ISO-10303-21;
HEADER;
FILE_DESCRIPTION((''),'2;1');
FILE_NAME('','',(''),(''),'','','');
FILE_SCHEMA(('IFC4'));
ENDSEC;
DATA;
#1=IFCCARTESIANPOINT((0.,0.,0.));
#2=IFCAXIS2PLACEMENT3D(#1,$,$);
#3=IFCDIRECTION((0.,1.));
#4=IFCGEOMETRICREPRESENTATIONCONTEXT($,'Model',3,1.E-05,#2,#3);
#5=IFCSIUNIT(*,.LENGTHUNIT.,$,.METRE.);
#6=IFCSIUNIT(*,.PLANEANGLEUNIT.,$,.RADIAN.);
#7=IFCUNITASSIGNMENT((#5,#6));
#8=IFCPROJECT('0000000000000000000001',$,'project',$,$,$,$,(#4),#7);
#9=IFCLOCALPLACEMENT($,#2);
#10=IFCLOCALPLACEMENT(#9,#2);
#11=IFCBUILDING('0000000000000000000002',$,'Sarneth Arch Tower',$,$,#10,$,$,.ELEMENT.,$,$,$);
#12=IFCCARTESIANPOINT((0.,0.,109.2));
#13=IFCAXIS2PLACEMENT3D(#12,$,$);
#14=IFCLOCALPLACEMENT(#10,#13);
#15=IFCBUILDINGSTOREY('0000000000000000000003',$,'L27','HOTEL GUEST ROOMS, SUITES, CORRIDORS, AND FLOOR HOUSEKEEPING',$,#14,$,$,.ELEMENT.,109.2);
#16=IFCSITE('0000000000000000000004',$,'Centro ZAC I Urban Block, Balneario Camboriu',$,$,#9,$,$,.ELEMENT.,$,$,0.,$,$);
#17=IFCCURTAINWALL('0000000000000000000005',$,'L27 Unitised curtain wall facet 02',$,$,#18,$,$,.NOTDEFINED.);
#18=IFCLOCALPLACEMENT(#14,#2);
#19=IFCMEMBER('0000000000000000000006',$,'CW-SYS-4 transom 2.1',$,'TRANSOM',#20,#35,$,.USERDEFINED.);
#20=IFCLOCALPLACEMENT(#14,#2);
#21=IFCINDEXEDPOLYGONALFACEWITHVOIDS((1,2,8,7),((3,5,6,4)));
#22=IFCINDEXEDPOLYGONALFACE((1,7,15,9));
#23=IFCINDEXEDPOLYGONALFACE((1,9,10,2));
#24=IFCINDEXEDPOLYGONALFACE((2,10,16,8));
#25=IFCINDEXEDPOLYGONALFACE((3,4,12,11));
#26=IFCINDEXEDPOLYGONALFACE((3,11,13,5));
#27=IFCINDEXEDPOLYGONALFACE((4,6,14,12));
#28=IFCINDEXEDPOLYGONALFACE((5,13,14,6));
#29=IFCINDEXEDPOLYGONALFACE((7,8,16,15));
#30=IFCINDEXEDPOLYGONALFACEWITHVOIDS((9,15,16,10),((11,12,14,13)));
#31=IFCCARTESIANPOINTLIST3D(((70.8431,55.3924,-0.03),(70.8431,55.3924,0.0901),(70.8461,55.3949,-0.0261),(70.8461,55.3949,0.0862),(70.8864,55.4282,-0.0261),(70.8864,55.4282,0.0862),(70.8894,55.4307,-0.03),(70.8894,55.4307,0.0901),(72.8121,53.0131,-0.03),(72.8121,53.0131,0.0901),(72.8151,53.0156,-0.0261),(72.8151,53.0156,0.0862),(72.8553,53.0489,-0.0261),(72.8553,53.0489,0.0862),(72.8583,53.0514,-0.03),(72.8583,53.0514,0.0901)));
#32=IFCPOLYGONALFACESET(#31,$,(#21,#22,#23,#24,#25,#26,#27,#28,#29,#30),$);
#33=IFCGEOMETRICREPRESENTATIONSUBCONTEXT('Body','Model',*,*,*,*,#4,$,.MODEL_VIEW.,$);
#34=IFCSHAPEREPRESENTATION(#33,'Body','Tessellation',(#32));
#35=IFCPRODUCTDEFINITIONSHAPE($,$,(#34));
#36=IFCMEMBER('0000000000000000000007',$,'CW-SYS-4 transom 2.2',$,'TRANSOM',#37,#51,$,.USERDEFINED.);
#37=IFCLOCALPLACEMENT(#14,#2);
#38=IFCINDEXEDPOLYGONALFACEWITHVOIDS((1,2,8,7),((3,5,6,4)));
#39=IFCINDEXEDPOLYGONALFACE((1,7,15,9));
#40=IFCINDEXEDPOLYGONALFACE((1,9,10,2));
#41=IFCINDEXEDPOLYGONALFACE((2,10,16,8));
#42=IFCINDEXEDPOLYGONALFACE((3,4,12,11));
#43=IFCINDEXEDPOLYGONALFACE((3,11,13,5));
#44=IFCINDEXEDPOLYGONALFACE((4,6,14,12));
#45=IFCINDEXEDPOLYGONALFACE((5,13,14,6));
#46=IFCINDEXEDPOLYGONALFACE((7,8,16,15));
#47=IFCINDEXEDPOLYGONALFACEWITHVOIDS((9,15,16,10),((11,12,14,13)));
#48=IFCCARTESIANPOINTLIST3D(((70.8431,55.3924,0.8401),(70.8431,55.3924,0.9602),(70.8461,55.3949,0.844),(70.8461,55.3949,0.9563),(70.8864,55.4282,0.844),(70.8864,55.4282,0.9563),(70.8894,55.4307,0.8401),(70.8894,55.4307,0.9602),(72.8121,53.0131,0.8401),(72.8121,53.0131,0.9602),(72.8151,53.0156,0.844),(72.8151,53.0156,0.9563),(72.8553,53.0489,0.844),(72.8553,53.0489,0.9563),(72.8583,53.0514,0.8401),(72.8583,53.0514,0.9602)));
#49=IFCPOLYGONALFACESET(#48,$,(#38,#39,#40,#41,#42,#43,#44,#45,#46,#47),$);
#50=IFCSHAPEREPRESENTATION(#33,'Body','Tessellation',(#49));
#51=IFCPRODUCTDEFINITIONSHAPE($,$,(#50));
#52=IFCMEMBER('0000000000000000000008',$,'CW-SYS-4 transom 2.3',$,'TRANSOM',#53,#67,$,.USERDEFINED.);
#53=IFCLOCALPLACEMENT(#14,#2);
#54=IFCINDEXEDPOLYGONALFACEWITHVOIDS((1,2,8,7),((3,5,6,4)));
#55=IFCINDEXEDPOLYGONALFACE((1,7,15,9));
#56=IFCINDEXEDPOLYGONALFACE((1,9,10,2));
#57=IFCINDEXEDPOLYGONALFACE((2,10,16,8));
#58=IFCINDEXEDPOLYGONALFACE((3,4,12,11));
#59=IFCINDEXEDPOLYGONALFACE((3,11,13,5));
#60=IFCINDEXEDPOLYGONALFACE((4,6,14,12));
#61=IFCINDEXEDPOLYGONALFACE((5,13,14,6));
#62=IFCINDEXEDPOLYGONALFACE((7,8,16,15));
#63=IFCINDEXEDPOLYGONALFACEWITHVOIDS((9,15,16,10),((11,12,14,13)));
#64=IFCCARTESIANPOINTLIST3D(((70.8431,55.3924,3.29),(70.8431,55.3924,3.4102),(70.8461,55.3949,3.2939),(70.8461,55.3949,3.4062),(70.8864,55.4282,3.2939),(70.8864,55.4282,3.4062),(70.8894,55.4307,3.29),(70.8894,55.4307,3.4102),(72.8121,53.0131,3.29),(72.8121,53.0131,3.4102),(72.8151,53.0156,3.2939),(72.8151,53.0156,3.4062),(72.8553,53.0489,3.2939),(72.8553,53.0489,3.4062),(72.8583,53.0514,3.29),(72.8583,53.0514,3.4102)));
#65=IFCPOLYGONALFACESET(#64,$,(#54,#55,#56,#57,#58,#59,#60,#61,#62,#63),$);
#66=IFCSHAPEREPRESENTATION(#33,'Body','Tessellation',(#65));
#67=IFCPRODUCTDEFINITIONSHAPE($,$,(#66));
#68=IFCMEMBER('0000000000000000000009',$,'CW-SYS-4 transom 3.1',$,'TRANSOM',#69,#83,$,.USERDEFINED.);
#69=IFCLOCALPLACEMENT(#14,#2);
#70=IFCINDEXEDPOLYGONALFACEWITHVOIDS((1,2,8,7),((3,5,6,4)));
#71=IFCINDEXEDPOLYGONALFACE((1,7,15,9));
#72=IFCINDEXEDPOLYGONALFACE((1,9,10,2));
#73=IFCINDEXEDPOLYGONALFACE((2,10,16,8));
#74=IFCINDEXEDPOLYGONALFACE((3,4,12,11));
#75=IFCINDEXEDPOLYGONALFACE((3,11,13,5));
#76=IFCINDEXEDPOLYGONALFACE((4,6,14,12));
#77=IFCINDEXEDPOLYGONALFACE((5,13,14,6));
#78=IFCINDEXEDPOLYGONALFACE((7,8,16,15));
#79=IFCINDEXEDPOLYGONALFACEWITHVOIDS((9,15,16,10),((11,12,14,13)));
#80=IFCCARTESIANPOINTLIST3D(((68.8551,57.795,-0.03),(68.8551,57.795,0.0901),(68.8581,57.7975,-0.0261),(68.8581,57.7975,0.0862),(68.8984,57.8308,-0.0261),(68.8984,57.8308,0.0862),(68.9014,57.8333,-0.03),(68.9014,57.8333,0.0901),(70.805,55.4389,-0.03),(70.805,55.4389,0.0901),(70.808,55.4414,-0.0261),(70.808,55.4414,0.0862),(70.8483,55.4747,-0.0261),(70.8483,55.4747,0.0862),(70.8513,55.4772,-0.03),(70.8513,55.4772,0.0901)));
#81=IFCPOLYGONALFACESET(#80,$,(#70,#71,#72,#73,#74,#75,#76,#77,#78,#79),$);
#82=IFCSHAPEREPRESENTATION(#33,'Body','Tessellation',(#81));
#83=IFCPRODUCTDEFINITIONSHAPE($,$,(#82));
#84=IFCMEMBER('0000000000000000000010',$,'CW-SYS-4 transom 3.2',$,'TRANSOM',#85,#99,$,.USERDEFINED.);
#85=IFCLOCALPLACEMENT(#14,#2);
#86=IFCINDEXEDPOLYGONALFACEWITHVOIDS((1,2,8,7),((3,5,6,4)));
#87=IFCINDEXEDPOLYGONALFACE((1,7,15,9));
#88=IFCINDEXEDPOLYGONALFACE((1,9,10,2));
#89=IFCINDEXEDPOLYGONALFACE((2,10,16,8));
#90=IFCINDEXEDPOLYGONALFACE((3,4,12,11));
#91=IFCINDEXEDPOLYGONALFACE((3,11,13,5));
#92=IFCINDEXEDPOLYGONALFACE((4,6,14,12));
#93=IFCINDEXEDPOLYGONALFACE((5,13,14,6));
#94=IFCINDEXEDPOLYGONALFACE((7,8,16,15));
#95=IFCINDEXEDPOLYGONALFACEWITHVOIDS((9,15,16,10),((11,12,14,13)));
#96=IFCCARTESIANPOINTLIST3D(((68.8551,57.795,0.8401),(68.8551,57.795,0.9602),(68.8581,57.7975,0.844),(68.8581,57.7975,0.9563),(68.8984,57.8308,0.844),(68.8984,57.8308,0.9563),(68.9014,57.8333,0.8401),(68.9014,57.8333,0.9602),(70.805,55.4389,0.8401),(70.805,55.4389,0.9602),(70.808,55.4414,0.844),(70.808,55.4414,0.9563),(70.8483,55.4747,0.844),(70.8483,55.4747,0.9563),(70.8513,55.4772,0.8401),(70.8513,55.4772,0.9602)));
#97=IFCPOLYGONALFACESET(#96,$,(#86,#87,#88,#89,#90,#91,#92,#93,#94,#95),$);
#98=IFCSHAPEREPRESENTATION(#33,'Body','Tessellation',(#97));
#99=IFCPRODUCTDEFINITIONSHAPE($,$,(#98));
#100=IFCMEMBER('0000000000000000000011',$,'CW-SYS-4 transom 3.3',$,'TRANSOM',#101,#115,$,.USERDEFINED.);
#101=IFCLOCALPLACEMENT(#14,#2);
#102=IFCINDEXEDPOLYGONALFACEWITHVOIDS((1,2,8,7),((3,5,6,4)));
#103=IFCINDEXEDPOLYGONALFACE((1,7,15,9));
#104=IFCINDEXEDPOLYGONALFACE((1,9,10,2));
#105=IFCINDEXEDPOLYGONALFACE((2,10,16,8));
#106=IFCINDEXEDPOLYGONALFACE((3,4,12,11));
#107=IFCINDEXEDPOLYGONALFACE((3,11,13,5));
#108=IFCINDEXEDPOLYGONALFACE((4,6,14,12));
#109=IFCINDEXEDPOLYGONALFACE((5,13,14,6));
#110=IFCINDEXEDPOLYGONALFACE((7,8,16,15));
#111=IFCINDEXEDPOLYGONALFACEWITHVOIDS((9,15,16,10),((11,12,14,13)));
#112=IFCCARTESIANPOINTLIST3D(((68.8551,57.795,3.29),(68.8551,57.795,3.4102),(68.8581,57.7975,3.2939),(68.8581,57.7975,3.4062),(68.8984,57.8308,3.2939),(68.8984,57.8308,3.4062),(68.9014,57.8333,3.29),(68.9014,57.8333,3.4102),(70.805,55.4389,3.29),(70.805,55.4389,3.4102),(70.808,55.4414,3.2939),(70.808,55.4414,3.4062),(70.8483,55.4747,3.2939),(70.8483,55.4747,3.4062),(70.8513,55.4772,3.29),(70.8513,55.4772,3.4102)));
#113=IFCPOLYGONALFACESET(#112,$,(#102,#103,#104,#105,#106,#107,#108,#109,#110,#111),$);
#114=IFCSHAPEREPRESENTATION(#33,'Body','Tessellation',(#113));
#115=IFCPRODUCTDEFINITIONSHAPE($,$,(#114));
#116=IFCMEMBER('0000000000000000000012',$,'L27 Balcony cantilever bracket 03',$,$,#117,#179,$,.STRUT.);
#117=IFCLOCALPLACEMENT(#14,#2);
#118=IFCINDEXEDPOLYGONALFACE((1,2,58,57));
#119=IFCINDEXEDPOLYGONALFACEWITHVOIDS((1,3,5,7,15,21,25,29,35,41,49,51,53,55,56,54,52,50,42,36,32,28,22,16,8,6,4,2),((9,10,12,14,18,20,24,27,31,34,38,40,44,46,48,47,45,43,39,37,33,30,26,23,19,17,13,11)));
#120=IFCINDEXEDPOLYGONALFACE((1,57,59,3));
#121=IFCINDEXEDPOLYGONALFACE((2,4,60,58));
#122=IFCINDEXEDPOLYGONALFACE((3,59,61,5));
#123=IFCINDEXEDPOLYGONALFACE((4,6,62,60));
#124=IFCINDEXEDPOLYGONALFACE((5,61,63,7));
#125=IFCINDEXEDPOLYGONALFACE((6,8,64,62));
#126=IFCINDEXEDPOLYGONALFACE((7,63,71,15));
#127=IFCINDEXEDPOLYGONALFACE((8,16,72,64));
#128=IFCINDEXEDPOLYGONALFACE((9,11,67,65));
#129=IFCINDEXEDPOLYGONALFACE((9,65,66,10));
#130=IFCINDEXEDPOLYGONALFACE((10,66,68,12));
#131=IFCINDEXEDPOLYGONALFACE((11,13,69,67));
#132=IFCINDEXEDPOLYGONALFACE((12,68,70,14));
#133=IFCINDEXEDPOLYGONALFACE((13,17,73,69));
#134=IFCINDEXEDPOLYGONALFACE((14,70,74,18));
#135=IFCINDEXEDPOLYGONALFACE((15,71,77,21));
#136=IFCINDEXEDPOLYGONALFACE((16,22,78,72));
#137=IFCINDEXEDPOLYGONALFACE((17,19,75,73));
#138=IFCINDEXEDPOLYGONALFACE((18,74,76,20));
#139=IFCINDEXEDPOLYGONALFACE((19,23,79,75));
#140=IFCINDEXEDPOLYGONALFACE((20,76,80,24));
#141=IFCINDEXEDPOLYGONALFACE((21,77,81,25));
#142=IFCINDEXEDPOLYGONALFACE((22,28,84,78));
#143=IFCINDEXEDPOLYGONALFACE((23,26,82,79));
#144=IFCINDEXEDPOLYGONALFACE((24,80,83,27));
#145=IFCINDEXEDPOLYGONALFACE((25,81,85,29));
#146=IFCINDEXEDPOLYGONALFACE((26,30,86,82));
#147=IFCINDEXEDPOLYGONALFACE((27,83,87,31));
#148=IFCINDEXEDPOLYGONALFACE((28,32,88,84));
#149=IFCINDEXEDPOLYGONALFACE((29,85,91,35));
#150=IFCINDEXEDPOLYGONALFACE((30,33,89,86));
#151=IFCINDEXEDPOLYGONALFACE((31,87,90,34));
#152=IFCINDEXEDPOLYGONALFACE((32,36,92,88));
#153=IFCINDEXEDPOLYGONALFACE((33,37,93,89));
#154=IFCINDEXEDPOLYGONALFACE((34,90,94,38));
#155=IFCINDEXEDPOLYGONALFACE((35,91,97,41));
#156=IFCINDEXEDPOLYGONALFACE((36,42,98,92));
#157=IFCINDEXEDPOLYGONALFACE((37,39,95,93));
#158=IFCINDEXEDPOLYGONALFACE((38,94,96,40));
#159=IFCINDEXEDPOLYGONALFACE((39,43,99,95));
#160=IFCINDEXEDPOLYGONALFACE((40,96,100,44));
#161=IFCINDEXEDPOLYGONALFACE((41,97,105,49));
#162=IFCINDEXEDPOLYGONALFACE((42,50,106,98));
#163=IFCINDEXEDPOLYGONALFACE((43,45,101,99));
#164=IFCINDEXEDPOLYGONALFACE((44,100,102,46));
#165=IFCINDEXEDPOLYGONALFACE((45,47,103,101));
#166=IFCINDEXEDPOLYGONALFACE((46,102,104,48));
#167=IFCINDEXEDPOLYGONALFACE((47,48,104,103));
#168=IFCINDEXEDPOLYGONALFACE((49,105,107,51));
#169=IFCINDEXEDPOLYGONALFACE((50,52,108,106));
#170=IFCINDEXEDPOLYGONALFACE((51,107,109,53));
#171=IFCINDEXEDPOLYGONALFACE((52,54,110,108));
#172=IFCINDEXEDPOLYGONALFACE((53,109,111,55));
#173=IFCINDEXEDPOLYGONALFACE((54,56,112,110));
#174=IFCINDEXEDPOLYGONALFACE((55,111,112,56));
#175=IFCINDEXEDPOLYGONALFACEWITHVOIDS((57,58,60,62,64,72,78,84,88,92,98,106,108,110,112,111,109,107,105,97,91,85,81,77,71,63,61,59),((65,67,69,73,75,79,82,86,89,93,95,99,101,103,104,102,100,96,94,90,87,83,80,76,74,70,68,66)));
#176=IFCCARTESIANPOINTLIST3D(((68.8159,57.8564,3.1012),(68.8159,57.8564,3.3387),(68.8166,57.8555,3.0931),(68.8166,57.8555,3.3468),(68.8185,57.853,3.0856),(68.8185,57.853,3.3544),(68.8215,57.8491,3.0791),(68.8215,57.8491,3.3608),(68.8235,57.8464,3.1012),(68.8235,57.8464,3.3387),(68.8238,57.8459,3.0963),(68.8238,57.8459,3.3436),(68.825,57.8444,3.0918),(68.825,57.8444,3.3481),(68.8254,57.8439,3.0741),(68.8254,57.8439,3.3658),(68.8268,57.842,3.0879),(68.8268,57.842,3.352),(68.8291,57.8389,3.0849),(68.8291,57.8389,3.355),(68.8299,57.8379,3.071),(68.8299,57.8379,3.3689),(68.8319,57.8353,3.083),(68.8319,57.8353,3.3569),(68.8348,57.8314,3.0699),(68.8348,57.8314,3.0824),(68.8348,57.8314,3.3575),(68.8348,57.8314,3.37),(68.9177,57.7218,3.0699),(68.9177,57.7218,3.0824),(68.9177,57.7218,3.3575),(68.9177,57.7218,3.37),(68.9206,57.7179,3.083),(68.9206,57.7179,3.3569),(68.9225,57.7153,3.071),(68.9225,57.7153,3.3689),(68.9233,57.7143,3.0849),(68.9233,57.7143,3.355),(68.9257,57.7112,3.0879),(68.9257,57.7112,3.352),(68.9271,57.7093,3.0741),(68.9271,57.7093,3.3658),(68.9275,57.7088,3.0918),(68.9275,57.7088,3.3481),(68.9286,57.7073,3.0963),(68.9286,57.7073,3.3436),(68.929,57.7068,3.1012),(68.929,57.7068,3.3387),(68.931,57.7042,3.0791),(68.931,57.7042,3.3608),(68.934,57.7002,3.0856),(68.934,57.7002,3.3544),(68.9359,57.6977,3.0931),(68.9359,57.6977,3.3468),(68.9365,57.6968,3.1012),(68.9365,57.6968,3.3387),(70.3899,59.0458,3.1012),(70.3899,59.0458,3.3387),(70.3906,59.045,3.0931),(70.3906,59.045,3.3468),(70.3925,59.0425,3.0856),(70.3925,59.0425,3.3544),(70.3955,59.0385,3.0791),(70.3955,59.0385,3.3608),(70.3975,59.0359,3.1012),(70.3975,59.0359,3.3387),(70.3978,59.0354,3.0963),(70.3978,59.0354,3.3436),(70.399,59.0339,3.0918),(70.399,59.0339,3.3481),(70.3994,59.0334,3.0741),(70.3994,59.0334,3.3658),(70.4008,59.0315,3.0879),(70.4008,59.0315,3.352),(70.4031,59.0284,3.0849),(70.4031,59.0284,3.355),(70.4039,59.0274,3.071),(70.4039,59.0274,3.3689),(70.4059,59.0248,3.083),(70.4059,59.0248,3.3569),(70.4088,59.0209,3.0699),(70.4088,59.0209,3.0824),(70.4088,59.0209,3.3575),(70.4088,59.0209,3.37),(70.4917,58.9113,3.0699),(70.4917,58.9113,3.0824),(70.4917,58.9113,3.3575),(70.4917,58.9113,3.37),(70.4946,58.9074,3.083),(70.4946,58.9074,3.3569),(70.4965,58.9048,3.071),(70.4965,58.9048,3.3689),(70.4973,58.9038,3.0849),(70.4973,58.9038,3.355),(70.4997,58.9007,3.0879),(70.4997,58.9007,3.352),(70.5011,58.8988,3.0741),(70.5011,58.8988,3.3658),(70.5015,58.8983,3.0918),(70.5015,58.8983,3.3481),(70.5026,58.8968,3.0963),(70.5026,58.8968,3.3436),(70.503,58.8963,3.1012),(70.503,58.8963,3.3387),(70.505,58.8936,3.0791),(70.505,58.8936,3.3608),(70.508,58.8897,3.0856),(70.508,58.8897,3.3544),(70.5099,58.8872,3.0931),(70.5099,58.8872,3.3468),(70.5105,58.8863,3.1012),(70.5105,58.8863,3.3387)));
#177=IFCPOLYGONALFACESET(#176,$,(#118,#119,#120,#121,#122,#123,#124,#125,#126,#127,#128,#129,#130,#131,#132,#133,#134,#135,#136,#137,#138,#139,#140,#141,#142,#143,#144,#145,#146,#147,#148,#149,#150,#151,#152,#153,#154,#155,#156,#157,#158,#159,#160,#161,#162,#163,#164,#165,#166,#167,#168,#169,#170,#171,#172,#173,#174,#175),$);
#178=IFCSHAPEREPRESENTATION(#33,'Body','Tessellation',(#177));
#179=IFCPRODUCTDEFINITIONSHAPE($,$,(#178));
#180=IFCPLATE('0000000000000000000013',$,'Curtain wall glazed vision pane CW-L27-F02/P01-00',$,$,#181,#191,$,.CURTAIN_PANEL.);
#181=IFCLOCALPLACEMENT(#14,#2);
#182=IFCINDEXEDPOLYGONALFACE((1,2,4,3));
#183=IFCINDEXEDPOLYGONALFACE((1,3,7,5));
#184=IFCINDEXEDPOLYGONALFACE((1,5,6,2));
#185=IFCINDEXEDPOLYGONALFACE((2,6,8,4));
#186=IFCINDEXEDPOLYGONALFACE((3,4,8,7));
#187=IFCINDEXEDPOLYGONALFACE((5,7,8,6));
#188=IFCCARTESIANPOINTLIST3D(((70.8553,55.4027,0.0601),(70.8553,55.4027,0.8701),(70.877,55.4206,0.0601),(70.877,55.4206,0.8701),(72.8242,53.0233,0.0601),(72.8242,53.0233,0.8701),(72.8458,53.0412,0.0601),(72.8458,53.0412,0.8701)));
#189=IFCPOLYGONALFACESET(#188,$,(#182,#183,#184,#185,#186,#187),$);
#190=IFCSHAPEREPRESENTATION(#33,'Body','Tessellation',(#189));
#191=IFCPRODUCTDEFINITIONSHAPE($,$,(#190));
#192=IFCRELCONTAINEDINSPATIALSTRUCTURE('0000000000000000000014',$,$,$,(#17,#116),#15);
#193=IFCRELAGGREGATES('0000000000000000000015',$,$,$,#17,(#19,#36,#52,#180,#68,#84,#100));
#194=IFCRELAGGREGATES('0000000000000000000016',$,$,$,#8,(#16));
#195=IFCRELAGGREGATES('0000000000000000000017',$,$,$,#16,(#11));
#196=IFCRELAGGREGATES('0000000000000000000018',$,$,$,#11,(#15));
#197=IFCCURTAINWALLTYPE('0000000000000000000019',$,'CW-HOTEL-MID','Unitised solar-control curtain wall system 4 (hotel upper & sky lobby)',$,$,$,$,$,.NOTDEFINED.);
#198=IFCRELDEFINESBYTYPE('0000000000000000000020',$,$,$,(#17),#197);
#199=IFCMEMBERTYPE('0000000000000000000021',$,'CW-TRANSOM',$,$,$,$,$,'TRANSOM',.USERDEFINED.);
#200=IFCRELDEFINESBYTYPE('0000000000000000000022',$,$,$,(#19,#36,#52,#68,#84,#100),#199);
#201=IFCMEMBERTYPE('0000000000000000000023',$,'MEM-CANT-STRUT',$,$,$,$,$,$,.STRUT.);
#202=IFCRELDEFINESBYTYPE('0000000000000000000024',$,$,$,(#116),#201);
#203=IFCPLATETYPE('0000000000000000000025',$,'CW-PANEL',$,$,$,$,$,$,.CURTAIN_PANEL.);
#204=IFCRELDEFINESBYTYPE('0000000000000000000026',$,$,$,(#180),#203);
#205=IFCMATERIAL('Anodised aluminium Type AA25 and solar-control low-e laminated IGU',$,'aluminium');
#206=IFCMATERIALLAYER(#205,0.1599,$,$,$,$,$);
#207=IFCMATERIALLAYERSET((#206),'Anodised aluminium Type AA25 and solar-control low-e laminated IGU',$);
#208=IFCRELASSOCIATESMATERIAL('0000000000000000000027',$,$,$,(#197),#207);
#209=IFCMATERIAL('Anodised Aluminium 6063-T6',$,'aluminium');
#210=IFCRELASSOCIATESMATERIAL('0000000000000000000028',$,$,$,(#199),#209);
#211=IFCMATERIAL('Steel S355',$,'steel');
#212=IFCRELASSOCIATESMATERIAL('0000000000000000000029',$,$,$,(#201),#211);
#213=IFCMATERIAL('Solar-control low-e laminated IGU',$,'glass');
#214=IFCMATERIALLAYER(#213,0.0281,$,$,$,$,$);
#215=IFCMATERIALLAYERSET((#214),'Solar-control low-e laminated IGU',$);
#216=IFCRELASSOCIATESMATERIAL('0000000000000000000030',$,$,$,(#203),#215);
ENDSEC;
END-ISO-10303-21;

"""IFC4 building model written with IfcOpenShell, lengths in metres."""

from ifc_helpers import new_model, si_unit, direction, frame, origin, origin_2d, place, context, subcontext, project, spatial, rectangle, hollow_rectangle, extrude, material, layer, layer_set, material_profile, profile_set, type_object, element, aggregate, save


model = new_model("IFC4")

# Units and contexts
model_context = context("Model", 3, precision=1e-05, world=origin(), true_north=direction((0.0, 1.0)))
body_context = subcontext(model_context, "Body", "Model", "MODEL_VIEW")
ifc_project = project(units=[si_unit("LENGTHUNIT", "METRE"), si_unit("PLANEANGLEUNIT", "RADIAN")], contexts=[model_context])

# Site, building, storey
site_placement = place(None, origin())
site = spatial("IfcSite", under=ifc_project, at=site_placement, Name="Centro ZAC I Urban Block, Balneario Camboriu", CompositionType="ELEMENT", RefElevation=0.0)
building_placement = place(site_placement, origin())
building = spatial("IfcBuilding", under=site, at=building_placement, Name="Sarneth Arch Tower", CompositionType="ELEMENT")
storey_placement = place(building_placement, frame((0.0, 0.0, 109.2)))
storey = spatial("IfcBuildingStorey", under=building, at=storey_placement, Name="L27", Description="HOTEL GUEST ROOMS, SUITES, CORRIDORS, AND FLOOR HOUSEKEEPING", CompositionType="ELEMENT", Elevation=109.2)

# Curtain wall, members
ifc_material_1 = material(Name="Anodised aluminium Type AA25 and solar-control low-e laminated IGU", Category="aluminium")
ifc_layer_1 = layer(ifc_material_1, 0.1599)
ifc_layer_set_1 = layer_set([ifc_layer_1], Name="Anodised aluminium Type AA25 and solar-control low-e laminated IGU")
curtain_wall_type = type_object("IfcCurtainWallType", Name="CW-HOTEL-MID", Description="Unitised solar-control curtain wall system 4 (hotel upper & sky lobby)", PredefinedType="NOTDEFINED", material=ifc_layer_set_1)
curtain_wall_placement = place(storey_placement, origin())
curtain_wall = element("IfcCurtainWall", 1, at=curtain_wall_placement, inside=storey, type_object=curtain_wall_type, Name="L27 Unitised curtain wall facet 02", PredefinedType="NOTDEFINED")
ifc_material_2 = material(Name="Anodised Aluminium 6063-T6", Category="aluminium")
ifc_material_profile_1 = material_profile(ifc_material_2, hollow_rectangle(XDim=0.0601, YDim=0.1201, WallThickness=0.0039, at=origin_2d()), Name="AL-TRAN-120x60x4")
ifc_profile_set_1 = profile_set([ifc_material_profile_1], Name="Anodised Aluminium 6063-T6")
member_type_1 = type_object("IfcMemberType", Name="CW-TRANSOM", ElementType="TRANSOM", PredefinedType="USERDEFINED", material=ifc_profile_set_1)
member_1_placement = place(storey_placement, frame((72.8352, 53.0322, 0.03), z_axis=(-0.637537, 0.77042, 0.0), x_axis=(-0.77042, -0.637537, 0.0)))
member_1 = element("IfcMember", 2, at=member_1_placement, type_object=member_type_1, Name="CW-SYS-4 transom 2.1", ObjectType="TRANSOM", PredefinedType="USERDEFINED", context=body_context, shape_type="SweptSolid", body=[
    extrude(hollow_rectangle(XDim=0.0601, YDim=0.1201, WallThickness=0.0039, at=origin_2d()), origin(), (0.0, 0.0, 1.0), 3.0884),
])
member_2_placement = place(storey_placement, frame((72.8352, 53.0322, 0.9001), z_axis=(-0.637537, 0.77042, 0.0), x_axis=(-0.77042, -0.637537, 0.0)))
member_2 = element("IfcMember", 3, at=member_2_placement, type_object=member_type_1, Name="CW-SYS-4 transom 2.2", ObjectType="TRANSOM", PredefinedType="USERDEFINED", context=body_context, shape_type="SweptSolid", body=[
    extrude(hollow_rectangle(XDim=0.0601, YDim=0.1201, WallThickness=0.0039, at=origin_2d()), origin(), (0.0, 0.0, 1.0), 3.0884),
])
member_3_placement = place(storey_placement, frame((72.8352, 53.0322, 3.3501), z_axis=(-0.637537, 0.77042, 0.0), x_axis=(-0.77042, -0.637537, 0.0)))
member_3 = element("IfcMember", 4, at=member_3_placement, type_object=member_type_1, Name="CW-SYS-4 transom 2.3", ObjectType="TRANSOM", PredefinedType="USERDEFINED", context=body_context, shape_type="SweptSolid", body=[
    extrude(hollow_rectangle(XDim=0.0601, YDim=0.1201, WallThickness=0.0039, at=origin_2d()), origin(), (0.0, 0.0, 1.0), 3.0884),
])
member_4_placement = place(storey_placement, frame((70.8281, 55.458, 0.03), z_axis=(-0.637566, 0.770396, 0.0), x_axis=(-0.770396, -0.637566, 0.0)))
member_4 = element("IfcMember", 5, at=member_4_placement, type_object=member_type_1, Name="CW-SYS-4 transom 3.1", ObjectType="TRANSOM", PredefinedType="USERDEFINED", context=body_context, shape_type="SweptSolid", body=[
    extrude(hollow_rectangle(XDim=0.0601, YDim=0.1201, WallThickness=0.0039, at=origin_2d()), origin(), (0.0, 0.0, 1.0), 3.0583),
])
member_5_placement = place(storey_placement, frame((70.8281, 55.458, 0.9001), z_axis=(-0.637566, 0.770396, 0.0), x_axis=(-0.770396, -0.637566, 0.0)))
member_5 = element("IfcMember", 6, at=member_5_placement, type_object=member_type_1, Name="CW-SYS-4 transom 3.2", ObjectType="TRANSOM", PredefinedType="USERDEFINED", context=body_context, shape_type="SweptSolid", body=[
    extrude(hollow_rectangle(XDim=0.0601, YDim=0.1201, WallThickness=0.0039, at=origin_2d()), origin(), (0.0, 0.0, 1.0), 3.0583),
])
member_6_placement = place(storey_placement, frame((70.8281, 55.458, 3.3501), z_axis=(-0.637566, 0.770396, 0.0), x_axis=(-0.770396, -0.637566, 0.0)))
member_6 = element("IfcMember", 7, at=member_6_placement, type_object=member_type_1, Name="CW-SYS-4 transom 3.3", ObjectType="TRANSOM", PredefinedType="USERDEFINED", context=body_context, shape_type="SweptSolid", body=[
    extrude(hollow_rectangle(XDim=0.0601, YDim=0.1201, WallThickness=0.0039, at=origin_2d()), origin(), (0.0, 0.0, 1.0), 3.0583),
])

# Member
ifc_material_3 = material(Name="Steel S355", Category="steel")
ifc_material_profile_2 = material_profile(ifc_material_3, hollow_rectangle(XDim=0.2, YDim=0.3, WallThickness=0.0125, InnerFilletRadius=0.0188, OuterFilletRadius=0.0312, at=origin_2d()), Name="RHS300x200x12.5")
ifc_profile_set_2 = profile_set([ifc_material_profile_2], Name="Steel S355")
member_type_2 = type_object("IfcMemberType", Name="MEM-CANT-STRUT", PredefinedType="STRUT", material=ifc_profile_set_2)
member_7_placement = place(storey_placement, frame((68.8762, 57.7766, 3.22), z_axis=(0.797812, 0.602907, 0.0), x_axis=(-0.602907, 0.797812, 0.0)))
element("IfcMember", 8, at=member_7_placement, inside=storey, type_object=member_type_2, Name="L27 Balcony cantilever bracket 03", PredefinedType="STRUT", context=body_context, shape_type="SweptSolid", body=[
    extrude(hollow_rectangle(XDim=0.2, YDim=0.3, WallThickness=0.0125, InnerFilletRadius=0.0188, OuterFilletRadius=0.0312, at=origin_2d()), origin(), (0.0, 0.0, 1.0), 1.9729),
])

# Plate
ifc_material_4 = material(Name="Solar-control low-e laminated IGU", Category="glass")
ifc_layer_2 = layer(ifc_material_4, 0.0281)
ifc_layer_set_2 = layer_set([ifc_layer_2], Name="Solar-control low-e laminated IGU")
plate_type_1 = type_object("IfcPlateType", Name="CW-PANEL", PredefinedType="CURTAIN_PANEL", material=ifc_layer_set_2)
plate_1_placement = place(storey_placement, frame((71.8506, 54.2219, 0.0601), z_axis=(0.0, 0.0, 1.0), x_axis=(-0.637515, 0.770438, 0.0)))
plate_1 = element("IfcPlate", 9, at=plate_1_placement, type_object=plate_type_1, Name="Curtain wall glazed vision pane CW-L27-F02/P01-00", PredefinedType="CURTAIN_PANEL", context=body_context, shape_type="SweptSolid", body=[
    extrude(rectangle(XDim=3.0884, YDim=0.0281, at=origin_2d()), origin(), (0.0, 0.0, 1.0), 0.8101),
])
aggregate(curtain_wall, [member_1, member_2, member_3, plate_1, member_4, member_5, member_6])

save(model, "model.ifc")
